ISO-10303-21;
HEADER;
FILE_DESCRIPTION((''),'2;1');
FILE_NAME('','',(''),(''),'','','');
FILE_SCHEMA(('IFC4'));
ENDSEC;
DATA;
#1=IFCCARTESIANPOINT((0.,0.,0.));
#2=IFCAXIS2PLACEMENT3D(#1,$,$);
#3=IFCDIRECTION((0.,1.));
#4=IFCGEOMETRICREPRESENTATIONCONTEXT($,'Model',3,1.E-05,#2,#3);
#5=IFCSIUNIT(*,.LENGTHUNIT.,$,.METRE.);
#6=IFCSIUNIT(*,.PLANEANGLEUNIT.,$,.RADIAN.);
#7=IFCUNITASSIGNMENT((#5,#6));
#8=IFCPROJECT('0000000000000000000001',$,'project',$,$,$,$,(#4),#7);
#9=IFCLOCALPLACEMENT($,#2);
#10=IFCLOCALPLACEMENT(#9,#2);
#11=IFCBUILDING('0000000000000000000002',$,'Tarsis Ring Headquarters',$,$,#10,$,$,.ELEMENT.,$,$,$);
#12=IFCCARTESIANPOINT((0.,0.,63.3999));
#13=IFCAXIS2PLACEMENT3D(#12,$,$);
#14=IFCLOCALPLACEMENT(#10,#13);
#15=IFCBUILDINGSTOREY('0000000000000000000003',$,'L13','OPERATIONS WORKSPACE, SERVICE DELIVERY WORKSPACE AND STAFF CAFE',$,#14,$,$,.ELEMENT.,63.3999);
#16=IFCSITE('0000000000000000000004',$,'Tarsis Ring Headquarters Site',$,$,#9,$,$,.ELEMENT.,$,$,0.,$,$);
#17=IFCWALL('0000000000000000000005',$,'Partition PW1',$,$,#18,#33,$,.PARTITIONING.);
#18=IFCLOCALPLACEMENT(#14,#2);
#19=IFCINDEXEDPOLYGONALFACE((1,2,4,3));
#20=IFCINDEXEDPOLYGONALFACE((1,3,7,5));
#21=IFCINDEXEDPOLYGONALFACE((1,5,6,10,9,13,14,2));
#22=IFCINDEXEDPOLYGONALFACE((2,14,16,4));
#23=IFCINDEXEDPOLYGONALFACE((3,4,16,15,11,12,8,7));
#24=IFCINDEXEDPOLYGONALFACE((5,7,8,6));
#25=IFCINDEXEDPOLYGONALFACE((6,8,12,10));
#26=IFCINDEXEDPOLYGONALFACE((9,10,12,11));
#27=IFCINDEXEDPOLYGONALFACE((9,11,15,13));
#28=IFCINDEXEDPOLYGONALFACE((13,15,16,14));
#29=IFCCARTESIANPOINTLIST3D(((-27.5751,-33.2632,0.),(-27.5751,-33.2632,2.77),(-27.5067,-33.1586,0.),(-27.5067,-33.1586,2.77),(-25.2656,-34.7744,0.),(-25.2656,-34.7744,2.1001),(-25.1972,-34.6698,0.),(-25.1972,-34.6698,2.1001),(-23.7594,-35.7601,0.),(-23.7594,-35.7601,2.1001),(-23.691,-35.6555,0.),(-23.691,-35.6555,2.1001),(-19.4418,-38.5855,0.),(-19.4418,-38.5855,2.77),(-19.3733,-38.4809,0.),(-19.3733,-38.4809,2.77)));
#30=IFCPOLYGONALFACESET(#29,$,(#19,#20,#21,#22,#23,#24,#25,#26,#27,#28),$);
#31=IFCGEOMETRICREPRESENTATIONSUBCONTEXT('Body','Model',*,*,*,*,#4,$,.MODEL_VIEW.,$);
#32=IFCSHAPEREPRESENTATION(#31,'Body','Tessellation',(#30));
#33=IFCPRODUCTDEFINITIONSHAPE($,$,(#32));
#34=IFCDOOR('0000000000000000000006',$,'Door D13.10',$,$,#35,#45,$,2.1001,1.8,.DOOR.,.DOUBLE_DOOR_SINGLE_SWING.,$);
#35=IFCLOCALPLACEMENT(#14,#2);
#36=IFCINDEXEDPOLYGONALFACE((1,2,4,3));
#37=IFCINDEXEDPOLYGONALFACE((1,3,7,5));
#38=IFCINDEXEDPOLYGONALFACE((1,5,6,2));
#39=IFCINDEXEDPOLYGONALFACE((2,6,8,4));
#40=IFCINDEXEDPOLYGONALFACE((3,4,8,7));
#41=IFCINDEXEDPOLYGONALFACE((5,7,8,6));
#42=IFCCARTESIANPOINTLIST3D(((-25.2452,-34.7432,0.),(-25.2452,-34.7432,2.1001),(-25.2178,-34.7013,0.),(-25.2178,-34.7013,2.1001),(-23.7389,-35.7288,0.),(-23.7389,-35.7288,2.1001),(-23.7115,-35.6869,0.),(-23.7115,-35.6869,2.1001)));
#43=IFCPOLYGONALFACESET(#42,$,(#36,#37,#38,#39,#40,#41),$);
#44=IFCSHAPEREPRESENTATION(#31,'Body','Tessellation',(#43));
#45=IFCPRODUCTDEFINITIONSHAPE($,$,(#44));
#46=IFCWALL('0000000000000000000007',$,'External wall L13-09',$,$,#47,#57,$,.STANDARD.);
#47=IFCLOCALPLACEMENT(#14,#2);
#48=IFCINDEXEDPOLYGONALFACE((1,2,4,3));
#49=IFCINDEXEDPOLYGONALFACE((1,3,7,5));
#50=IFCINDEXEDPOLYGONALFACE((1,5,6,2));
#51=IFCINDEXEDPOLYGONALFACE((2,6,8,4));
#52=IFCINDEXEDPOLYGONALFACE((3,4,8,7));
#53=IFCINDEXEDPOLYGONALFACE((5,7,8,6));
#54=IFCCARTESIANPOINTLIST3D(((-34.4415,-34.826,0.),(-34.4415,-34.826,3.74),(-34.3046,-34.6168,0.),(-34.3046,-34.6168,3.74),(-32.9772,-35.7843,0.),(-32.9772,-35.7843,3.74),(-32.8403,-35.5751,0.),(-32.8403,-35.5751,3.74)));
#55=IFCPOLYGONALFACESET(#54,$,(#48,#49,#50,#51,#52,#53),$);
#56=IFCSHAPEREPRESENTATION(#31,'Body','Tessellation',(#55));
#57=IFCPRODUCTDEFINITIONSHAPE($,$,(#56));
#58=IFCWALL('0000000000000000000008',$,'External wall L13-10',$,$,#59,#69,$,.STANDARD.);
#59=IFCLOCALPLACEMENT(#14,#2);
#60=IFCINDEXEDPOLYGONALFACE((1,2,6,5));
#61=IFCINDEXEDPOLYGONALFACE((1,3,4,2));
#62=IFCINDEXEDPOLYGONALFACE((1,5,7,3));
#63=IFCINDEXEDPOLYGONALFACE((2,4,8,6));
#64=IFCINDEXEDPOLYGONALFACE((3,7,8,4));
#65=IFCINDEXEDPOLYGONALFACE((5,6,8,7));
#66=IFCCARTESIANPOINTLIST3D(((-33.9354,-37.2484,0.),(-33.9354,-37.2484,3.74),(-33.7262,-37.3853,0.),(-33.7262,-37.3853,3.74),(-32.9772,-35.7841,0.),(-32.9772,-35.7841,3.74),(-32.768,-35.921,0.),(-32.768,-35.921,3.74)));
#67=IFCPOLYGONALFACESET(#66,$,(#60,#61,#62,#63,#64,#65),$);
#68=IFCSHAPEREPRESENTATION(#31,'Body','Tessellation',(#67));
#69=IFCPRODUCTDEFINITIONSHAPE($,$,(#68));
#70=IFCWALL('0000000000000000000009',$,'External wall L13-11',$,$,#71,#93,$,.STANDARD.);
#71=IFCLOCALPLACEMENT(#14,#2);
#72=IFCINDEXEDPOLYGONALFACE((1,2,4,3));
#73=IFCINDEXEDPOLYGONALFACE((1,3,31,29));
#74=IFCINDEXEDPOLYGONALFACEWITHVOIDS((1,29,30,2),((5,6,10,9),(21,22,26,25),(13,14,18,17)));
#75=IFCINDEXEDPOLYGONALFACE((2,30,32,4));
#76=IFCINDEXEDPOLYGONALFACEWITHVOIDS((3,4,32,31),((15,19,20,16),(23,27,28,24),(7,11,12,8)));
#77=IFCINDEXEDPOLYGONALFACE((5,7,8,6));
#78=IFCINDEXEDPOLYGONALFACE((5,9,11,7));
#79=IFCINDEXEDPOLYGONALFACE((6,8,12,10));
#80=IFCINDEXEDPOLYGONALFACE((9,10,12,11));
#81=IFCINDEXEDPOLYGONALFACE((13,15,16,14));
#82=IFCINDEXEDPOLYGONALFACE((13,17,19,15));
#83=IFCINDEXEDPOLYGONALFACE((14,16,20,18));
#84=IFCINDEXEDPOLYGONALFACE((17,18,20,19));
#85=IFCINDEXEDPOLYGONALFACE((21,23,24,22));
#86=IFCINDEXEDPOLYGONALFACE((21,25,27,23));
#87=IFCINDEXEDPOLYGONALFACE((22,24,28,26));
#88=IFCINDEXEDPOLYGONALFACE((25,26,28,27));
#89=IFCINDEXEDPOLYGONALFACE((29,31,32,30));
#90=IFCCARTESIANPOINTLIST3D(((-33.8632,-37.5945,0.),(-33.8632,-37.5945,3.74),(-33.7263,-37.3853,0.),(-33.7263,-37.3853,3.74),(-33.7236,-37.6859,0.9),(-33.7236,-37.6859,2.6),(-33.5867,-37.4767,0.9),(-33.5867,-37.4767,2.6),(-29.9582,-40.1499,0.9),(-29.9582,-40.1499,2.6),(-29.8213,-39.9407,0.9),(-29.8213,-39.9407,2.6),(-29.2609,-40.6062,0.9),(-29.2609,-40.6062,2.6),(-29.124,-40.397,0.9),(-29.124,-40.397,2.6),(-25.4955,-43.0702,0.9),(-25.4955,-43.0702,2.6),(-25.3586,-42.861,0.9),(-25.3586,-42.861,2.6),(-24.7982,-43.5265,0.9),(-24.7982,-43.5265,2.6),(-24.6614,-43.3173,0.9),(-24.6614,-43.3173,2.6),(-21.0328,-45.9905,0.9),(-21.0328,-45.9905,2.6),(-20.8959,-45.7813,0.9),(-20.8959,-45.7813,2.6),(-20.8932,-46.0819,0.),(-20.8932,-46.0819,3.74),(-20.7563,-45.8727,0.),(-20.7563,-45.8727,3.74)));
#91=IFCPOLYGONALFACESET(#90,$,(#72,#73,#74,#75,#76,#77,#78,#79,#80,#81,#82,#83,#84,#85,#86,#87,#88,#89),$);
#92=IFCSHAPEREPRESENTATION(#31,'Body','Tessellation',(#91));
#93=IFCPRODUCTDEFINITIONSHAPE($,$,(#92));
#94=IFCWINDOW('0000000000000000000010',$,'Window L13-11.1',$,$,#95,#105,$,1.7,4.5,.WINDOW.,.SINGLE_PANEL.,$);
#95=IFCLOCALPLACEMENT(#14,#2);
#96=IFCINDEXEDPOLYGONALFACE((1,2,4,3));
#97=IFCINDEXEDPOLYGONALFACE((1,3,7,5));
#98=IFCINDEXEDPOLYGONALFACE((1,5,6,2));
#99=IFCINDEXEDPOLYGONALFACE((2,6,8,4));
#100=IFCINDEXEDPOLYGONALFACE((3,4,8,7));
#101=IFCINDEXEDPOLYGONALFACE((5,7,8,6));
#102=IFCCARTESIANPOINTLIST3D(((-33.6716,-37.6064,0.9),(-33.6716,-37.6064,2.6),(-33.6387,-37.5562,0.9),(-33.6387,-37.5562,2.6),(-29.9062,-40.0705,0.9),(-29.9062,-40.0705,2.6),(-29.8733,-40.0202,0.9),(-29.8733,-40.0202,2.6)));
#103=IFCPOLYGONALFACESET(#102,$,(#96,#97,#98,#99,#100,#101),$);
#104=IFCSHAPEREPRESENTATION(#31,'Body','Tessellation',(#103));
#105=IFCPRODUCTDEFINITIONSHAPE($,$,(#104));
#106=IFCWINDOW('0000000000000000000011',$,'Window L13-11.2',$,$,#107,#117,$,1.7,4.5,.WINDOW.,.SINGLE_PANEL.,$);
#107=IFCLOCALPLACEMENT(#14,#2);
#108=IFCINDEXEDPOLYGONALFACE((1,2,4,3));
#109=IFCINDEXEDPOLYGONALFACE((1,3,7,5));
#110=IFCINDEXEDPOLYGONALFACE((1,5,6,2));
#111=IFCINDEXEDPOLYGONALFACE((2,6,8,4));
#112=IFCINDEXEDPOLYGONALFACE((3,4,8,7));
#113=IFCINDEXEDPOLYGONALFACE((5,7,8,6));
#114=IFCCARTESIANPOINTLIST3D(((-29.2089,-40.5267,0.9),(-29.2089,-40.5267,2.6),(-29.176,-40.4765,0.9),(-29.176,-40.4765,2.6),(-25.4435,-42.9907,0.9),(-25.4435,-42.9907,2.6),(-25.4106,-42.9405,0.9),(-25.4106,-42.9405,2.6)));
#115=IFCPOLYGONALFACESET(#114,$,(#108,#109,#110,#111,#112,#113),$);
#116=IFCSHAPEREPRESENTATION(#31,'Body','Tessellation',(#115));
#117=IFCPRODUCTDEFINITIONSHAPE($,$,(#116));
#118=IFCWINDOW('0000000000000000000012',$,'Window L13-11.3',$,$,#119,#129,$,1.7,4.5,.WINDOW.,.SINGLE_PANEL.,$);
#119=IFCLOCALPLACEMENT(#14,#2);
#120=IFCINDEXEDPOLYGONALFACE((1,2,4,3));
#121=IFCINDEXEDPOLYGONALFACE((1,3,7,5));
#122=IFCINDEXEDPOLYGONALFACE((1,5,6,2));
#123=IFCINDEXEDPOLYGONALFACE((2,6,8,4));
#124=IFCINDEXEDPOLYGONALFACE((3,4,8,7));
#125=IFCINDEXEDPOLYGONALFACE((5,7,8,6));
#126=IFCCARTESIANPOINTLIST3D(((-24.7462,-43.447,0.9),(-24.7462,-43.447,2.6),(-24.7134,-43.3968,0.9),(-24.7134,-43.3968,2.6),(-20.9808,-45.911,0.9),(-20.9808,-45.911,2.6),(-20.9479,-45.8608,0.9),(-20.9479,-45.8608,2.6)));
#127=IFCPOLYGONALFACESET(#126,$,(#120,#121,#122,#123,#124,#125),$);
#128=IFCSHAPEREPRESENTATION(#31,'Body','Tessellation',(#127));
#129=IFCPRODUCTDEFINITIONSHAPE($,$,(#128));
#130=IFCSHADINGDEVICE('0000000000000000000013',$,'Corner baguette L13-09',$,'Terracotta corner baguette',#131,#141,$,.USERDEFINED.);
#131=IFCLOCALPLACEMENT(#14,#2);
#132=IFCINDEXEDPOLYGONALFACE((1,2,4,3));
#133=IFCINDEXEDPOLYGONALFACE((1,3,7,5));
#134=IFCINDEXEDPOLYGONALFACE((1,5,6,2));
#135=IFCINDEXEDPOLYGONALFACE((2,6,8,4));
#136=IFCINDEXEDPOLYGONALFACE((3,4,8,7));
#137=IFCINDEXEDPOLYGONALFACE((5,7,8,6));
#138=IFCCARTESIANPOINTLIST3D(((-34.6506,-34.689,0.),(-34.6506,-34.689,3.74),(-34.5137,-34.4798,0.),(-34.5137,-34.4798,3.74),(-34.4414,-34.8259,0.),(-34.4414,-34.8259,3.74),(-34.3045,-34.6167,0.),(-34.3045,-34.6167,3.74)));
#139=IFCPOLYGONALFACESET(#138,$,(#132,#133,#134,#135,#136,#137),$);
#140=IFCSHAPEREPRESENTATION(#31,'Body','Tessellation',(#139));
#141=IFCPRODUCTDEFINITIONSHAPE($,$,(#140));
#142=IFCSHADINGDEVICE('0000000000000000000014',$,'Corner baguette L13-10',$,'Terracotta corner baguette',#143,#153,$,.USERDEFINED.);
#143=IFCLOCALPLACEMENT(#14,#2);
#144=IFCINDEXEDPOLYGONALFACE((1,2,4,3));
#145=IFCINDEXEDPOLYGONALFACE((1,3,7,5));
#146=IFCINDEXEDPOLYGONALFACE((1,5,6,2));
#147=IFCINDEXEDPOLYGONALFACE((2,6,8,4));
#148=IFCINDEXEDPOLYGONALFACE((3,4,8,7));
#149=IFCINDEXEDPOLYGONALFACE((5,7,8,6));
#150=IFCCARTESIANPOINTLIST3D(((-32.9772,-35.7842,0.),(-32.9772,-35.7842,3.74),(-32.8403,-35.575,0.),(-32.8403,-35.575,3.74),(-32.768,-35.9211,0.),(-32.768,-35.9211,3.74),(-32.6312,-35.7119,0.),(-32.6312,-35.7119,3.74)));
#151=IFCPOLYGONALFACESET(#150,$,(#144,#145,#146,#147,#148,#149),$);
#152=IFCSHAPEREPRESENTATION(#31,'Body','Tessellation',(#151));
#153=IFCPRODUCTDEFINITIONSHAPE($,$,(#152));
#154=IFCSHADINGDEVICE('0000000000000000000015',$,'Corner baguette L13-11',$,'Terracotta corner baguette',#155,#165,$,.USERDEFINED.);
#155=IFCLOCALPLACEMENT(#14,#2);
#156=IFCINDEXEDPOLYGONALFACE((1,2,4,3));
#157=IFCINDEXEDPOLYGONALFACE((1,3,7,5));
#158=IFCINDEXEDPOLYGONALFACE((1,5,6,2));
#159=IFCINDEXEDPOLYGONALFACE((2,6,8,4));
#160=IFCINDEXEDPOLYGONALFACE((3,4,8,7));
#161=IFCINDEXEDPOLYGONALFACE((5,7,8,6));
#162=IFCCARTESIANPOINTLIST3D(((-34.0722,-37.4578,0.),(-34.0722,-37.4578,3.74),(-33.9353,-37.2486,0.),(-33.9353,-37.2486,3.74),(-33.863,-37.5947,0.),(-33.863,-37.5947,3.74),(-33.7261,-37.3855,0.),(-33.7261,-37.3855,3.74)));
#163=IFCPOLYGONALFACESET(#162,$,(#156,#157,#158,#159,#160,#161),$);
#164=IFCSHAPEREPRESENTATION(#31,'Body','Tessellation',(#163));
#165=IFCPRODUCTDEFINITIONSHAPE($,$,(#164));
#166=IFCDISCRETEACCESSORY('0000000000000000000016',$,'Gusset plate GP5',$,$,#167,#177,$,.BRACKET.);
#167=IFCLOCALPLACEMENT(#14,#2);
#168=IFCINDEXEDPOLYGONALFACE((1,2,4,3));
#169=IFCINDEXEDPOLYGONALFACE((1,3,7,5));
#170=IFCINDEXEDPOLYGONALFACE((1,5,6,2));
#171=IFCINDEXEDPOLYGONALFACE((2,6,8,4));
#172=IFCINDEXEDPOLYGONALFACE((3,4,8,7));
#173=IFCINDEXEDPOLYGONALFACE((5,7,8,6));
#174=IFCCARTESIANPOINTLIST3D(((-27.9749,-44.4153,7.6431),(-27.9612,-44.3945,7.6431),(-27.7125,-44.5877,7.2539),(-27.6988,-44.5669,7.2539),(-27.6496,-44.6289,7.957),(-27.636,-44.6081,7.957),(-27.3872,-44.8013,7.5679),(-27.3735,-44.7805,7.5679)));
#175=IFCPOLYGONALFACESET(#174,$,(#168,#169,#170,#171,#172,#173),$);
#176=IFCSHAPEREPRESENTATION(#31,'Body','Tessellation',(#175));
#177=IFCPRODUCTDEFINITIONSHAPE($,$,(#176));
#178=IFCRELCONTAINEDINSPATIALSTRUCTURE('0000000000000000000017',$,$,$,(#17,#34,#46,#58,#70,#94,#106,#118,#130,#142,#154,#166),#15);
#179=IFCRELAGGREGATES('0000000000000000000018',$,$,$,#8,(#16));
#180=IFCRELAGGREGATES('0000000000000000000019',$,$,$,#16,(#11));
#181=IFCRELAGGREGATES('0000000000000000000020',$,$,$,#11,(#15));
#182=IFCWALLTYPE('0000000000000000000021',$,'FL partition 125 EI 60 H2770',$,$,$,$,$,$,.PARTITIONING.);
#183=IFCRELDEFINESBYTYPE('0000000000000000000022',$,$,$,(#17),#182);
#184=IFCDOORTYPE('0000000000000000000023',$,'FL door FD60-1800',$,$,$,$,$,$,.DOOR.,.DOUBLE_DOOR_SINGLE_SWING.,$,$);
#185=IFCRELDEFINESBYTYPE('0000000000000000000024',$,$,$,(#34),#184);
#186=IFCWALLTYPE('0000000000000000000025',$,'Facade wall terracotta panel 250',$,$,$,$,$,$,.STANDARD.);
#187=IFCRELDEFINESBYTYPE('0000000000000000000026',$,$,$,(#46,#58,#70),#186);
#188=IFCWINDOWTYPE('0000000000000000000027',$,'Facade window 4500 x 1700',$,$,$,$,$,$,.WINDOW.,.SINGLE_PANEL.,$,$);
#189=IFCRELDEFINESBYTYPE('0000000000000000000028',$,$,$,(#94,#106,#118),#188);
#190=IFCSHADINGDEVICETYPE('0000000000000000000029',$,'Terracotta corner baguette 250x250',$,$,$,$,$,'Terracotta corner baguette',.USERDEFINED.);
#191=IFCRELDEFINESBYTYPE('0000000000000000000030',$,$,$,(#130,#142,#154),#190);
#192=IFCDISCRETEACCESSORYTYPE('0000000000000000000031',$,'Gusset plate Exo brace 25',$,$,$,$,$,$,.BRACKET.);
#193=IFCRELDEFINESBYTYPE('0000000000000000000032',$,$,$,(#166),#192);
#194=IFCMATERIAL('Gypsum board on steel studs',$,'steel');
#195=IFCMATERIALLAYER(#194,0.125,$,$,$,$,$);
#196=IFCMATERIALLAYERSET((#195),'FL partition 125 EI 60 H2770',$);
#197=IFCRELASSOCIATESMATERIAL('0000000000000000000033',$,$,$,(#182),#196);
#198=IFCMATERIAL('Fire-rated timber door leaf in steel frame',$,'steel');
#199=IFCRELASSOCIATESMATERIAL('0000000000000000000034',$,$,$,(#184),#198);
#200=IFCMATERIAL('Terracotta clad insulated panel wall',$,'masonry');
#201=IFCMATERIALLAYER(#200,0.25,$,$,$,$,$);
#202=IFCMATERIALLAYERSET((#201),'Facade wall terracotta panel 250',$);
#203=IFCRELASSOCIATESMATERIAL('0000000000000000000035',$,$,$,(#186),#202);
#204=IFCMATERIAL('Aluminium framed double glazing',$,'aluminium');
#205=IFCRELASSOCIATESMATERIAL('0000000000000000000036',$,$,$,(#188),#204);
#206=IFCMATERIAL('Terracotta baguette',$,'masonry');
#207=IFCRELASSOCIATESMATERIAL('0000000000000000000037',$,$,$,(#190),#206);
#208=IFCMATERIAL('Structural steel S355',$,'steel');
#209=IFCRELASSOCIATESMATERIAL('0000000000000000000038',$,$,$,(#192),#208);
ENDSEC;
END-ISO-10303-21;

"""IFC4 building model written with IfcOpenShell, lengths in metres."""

from ifc_helpers import new_model, si_unit, direction, frame, frame_2d, origin, origin_2d, place, context, subcontext, project, spatial, rectangle, extrude, material, layer, layer_set, material_profile, profile_set, type_object, element, fill, save


model = new_model("IFC4")

# Units and contexts
model_context = context("Model", 3, precision=1e-05, world=origin(), true_north=direction((0.0, 1.0)))
body_context = subcontext(model_context, "Body", "Model", "MODEL_VIEW")
ifc_project = project(units=[si_unit("LENGTHUNIT", "METRE"), si_unit("PLANEANGLEUNIT", "RADIAN")], contexts=[model_context])

# Site, building, storey
site_placement = place(None, origin())
site = spatial("IfcSite", under=ifc_project, at=site_placement, Name="Tarsis Ring Headquarters Site", CompositionType="ELEMENT", RefElevation=0.0)
building_placement = place(site_placement, origin())
building = spatial("IfcBuilding", under=site, at=building_placement, Name="Tarsis Ring Headquarters", CompositionType="ELEMENT")
storey_placement = place(building_placement, frame((0.0, 0.0, 63.3999)))
storey = spatial("IfcBuildingStorey", under=building, at=storey_placement, Name="L13", Description="OPERATIONS WORKSPACE, SERVICE DELIVERY WORKSPACE AND STAFF CAFE", CompositionType="ELEMENT", Elevation=63.3999)

# Shared definitions
ifc_material_1 = material(Name="Structural steel S355", Category="steel")

# Shared definitions
ifc_material_2 = material(Name="Gypsum board on steel studs", Category="steel")
ifc_layer_1 = layer(ifc_material_2, 0.125)
ifc_layer_set_1 = layer_set([ifc_layer_1], Name="FL partition 125 EI 60 H2770")
wall_type_1 = type_object("IfcWallType", Name="FL partition 125 EI 60 H2770", PredefinedType="PARTITIONING", material=ifc_layer_set_1)

# Wall, opening, door
wall_1_placement = place(storey_placement, frame((-27.5408, -33.2109, 0.0), z_axis=(0.0, 0.0, 1.0), x_axis=(0.836765, -0.547562, 0.0)))
wall_1 = element("IfcWall", 1, at=wall_1_placement, inside=storey, type_object=wall_type_1, Name="Partition PW1", PredefinedType="PARTITIONING", context=body_context, shape_type="SweptSolid", body=[
    extrude(rectangle(XDim=9.72, YDim=0.125, at=frame_2d((4.8599, 0.0))), origin(), (0.0, 0.0, 1.0), 2.77),
])
opening_1_placement = place(wall_1_placement, frame((2.76, 0.0, 0.0)))
opening_1 = element("IfcOpeningElement", 2, at=opening_1_placement, cuts=wall_1, PredefinedType="OPENING", context=body_context, shape_type="SweptSolid", body=[
    extrude(rectangle(XDim=1.8, YDim=2.1001, at=frame_2d((0.8999, 1.05))), frame((0.0, 0.0725, 0.0), z_axis=(0.0, -1.0, 0.0), x_axis=(1.0, 0.0, 0.0)), (0.0, 0.0, 1.0), 0.145),
])
ifc_material_3 = material(Name="Fire-rated timber door leaf in steel frame", Category="steel")
door_type = type_object("IfcDoorType", Name="FL door FD60-1800", OperationType="DOUBLE_DOOR_SINGLE_SWING", PredefinedType="DOOR", material=ifc_material_3)
door_placement = place(opening_1_placement, origin())
door = element("IfcDoor", 3, at=door_placement, inside=storey, type_object=door_type, Name="Door D13.10", OperationType="DOUBLE_DOOR_SINGLE_SWING", OverallHeight=2.1001, OverallWidth=1.8, PredefinedType="DOOR", context=body_context, shape_type="SweptSolid", body=[
    extrude(rectangle(XDim=1.8, YDim=2.1001, at=frame_2d((0.8999, 1.05))), frame((0.0, 0.0249, 0.0), z_axis=(0.0, -1.0, 0.0), x_axis=(1.0, 0.0, 0.0)), (0.0, 0.0, 1.0), 0.05),
])
fill(opening_1, door)

# Walls
ifc_material_4 = material(Name="Terracotta clad insulated panel wall", Category="masonry")
ifc_layer_2 = layer(ifc_material_4, 0.25)
ifc_layer_set_2 = layer_set([ifc_layer_2], Name="Facade wall terracotta panel 250")
wall_type_2 = type_object("IfcWallType", Name="Facade wall terracotta panel 250", PredefinedType="STANDARD", material=ifc_layer_set_2)
for number, where, z_axis, x_axis, name in (
    (4, (-34.373, -34.7214, 0.0), (0.0, 0.0, 1.0), (0.836763, -0.547565, 0.0), "External wall L13-09"),
    (5, (-32.8726, -35.8525, 0.0), (0.0, 0.0, 1.0), (-0.547565, -0.836763, 0.0), "External wall L13-10"),
):
    element("IfcWall", number, at=place(storey_placement, frame(where, z_axis=z_axis, x_axis=x_axis)), inside=storey, type_object=wall_type_2, Name=name, PredefinedType="STANDARD", context=body_context, shape_type="SweptSolid", body=[
        extrude(rectangle(XDim=1.75, YDim=0.25, at=frame_2d((0.875, 0.0))), origin(), (0.0, 0.0, 1.0), 3.74),
    ])

# Wall, openings, windows
wall_2_placement = place(storey_placement, frame((-33.7947, -37.49, 0.0), z_axis=(0.0, 0.0, 1.0), x_axis=(0.836765, -0.547563, 0.0)))
wall_2 = element("IfcWall", 6, at=wall_2_placement, inside=storey, type_object=wall_type_2, Name="External wall L13-11", PredefinedType="STANDARD", context=body_context, shape_type="SweptSolid", body=[
    extrude(rectangle(XDim=15.5002, YDim=0.25, at=frame_2d((7.75, 0.0))), origin(), (0.0, 0.0, 1.0), 3.74),
])
opening_2_placement = place(wall_2_placement, frame((0.1667, 0.0, 0.8999)))
opening_2 = element("IfcOpeningElement", 7, at=opening_2_placement, cuts=wall_2, PredefinedType="OPENING", context=body_context, shape_type="SweptSolid", body=[
    extrude(rectangle(XDim=4.5, YDim=1.7, at=frame_2d((2.25, 0.8501))), frame((0.0, 0.135, 0.0), z_axis=(0.0, -1.0, 0.0), x_axis=(1.0, 0.0, 0.0)), (0.0, 0.0, 1.0), 0.27),
])
opening_3_placement = place(wall_2_placement, frame((5.5, 0.0, 0.8999)))
opening_3 = element("IfcOpeningElement", 8, at=opening_3_placement, cuts=wall_2, PredefinedType="OPENING", context=body_context, shape_type="SweptSolid", body=[
    extrude(rectangle(XDim=4.5, YDim=1.7, at=frame_2d((2.25, 0.8501))), frame((0.0, 0.135, 0.0), z_axis=(0.0, -1.0, 0.0), x_axis=(1.0, 0.0, 0.0)), (0.0, 0.0, 1.0), 0.27),
])
opening_4_placement = place(wall_2_placement, frame((10.8333, 0.0, 0.8999)))
opening_4 = element("IfcOpeningElement", 9, at=opening_4_placement, cuts=wall_2, PredefinedType="OPENING", context=body_context, shape_type="SweptSolid", body=[
    extrude(rectangle(XDim=4.5, YDim=1.7, at=frame_2d((2.25, 0.8501))), frame((0.0, 0.135, 0.0), z_axis=(0.0, -1.0, 0.0), x_axis=(1.0, 0.0, 0.0)), (0.0, 0.0, 1.0), 0.27),
])
ifc_material_5 = material(Name="Aluminium framed double glazing", Category="aluminium")
window_type = type_object("IfcWindowType", Name="Facade window 4500 x 1700", PartitioningType="SINGLE_PANEL", PredefinedType="WINDOW", material=ifc_material_5)
window_1_placement = place(opening_2_placement, origin())
window_1 = element("IfcWindow", 10, at=window_1_placement, inside=storey, type_object=window_type, Name="Window L13-11.1", OverallHeight=1.7, OverallWidth=4.5, PartitioningType="SINGLE_PANEL", PredefinedType="WINDOW", context=body_context, shape_type="SweptSolid", body=[
    extrude(rectangle(XDim=4.5, YDim=1.7, at=frame_2d((2.25, 0.8501))), frame((0.0, 0.03, 0.0), z_axis=(0.0, -1.0, 0.0), x_axis=(1.0, 0.0, 0.0)), (0.0, 0.0, 1.0), 0.0601),
])
fill(opening_2, window_1)
window_2_placement = place(opening_3_placement, origin())
window_2 = element("IfcWindow", 11, at=window_2_placement, inside=storey, type_object=window_type, Name="Window L13-11.2", OverallHeight=1.7, OverallWidth=4.5, PartitioningType="SINGLE_PANEL", PredefinedType="WINDOW", context=body_context, shape_type="SweptSolid", body=[
    extrude(rectangle(XDim=4.5, YDim=1.7, at=frame_2d((2.25, 0.8501))), frame((0.0, 0.03, 0.0), z_axis=(0.0, -1.0, 0.0), x_axis=(1.0, 0.0, 0.0)), (0.0, 0.0, 1.0), 0.0601),
])
fill(opening_3, window_2)
window_3_placement = place(opening_4_placement, origin())
window_3 = element("IfcWindow", 12, at=window_3_placement, inside=storey, type_object=window_type, Name="Window L13-11.3", OverallHeight=1.7, OverallWidth=4.5, PartitioningType="SINGLE_PANEL", PredefinedType="WINDOW", context=body_context, shape_type="SweptSolid", body=[
    extrude(rectangle(XDim=4.5, YDim=1.7, at=frame_2d((2.25, 0.8501))), frame((0.0, 0.03, 0.0), z_axis=(0.0, -1.0, 0.0), x_axis=(1.0, 0.0, 0.0)), (0.0, 0.0, 1.0), 0.0601),
])
fill(opening_4, window_3)

# Shading devices
ifc_material_6 = material(Name="Terracotta baguette", Category="masonry")
shading_device_type_1 = type_object("IfcShadingDeviceType", Name="Terracotta corner baguette 250x250", ElementType="Terracotta corner baguette", PredefinedType="USERDEFINED", material=ifc_material_6)
for number, where, z_axis, x_axis, name in (
    (13, (-34.4775, -34.6528, 0.0), (0.0, 0.0, 1.0), (-0.547564, -0.836764, 0.0), "Corner baguette L13-09"),
    (14, (-32.8042, -35.748, 0.0), (0.0, 0.0, 1.0), (0.836764, -0.547563, 0.0), "Corner baguette L13-10"),
    (15, (-33.8992, -37.4216, 0.0), (0.0, 0.0, 1.0), (-0.547563, -0.836764, 0.0), "Corner baguette L13-11"),
):
    element("IfcShadingDevice", number, at=place(storey_placement, frame(where, z_axis=z_axis, x_axis=x_axis)), inside=storey, type_object=shading_device_type_1, Name=name, ObjectType="Terracotta corner baguette", PredefinedType="USERDEFINED", context=body_context, shape_type="SweptSolid", body=[
        extrude(rectangle(XDim=0.25, YDim=0.25, at=origin_2d()), origin(), (0.0, 0.0, 1.0), 3.74),
    ])

# Discrete accessory
ifc_material_profile_1 = material_profile(ifc_material_1, rectangle(XDim=0.0249, YDim=0.5, at=origin_2d()), Name="PL 25x500")
ifc_profile_set_1 = profile_set([ifc_material_profile_1], Name="Structural steel S355")
discrete_accessory_type = type_object("IfcDiscreteAccessoryType", Name="Gusset plate Exo brace 25", PredefinedType="BRACKET", material=ifc_profile_set_1)
discrete_accessory_placement = place(storey_placement, frame((-27.8054, -44.5117, 7.8), z_axis=(0.524865, -0.344702, -0.778265), x_axis=(0.548945, 0.835858, 0.0)))
element("IfcDiscreteAccessory", 16, at=discrete_accessory_placement, inside=storey, type_object=discrete_accessory_type, Name="Gusset plate GP5", PredefinedType="BRACKET", context=body_context, shape_type="SweptSolid", body=[
    extrude(rectangle(XDim=0.0249, YDim=0.5, at=origin_2d()), origin(), (0.0, 0.0, 1.0), 0.5),
])

save(model, "model.ifc")
